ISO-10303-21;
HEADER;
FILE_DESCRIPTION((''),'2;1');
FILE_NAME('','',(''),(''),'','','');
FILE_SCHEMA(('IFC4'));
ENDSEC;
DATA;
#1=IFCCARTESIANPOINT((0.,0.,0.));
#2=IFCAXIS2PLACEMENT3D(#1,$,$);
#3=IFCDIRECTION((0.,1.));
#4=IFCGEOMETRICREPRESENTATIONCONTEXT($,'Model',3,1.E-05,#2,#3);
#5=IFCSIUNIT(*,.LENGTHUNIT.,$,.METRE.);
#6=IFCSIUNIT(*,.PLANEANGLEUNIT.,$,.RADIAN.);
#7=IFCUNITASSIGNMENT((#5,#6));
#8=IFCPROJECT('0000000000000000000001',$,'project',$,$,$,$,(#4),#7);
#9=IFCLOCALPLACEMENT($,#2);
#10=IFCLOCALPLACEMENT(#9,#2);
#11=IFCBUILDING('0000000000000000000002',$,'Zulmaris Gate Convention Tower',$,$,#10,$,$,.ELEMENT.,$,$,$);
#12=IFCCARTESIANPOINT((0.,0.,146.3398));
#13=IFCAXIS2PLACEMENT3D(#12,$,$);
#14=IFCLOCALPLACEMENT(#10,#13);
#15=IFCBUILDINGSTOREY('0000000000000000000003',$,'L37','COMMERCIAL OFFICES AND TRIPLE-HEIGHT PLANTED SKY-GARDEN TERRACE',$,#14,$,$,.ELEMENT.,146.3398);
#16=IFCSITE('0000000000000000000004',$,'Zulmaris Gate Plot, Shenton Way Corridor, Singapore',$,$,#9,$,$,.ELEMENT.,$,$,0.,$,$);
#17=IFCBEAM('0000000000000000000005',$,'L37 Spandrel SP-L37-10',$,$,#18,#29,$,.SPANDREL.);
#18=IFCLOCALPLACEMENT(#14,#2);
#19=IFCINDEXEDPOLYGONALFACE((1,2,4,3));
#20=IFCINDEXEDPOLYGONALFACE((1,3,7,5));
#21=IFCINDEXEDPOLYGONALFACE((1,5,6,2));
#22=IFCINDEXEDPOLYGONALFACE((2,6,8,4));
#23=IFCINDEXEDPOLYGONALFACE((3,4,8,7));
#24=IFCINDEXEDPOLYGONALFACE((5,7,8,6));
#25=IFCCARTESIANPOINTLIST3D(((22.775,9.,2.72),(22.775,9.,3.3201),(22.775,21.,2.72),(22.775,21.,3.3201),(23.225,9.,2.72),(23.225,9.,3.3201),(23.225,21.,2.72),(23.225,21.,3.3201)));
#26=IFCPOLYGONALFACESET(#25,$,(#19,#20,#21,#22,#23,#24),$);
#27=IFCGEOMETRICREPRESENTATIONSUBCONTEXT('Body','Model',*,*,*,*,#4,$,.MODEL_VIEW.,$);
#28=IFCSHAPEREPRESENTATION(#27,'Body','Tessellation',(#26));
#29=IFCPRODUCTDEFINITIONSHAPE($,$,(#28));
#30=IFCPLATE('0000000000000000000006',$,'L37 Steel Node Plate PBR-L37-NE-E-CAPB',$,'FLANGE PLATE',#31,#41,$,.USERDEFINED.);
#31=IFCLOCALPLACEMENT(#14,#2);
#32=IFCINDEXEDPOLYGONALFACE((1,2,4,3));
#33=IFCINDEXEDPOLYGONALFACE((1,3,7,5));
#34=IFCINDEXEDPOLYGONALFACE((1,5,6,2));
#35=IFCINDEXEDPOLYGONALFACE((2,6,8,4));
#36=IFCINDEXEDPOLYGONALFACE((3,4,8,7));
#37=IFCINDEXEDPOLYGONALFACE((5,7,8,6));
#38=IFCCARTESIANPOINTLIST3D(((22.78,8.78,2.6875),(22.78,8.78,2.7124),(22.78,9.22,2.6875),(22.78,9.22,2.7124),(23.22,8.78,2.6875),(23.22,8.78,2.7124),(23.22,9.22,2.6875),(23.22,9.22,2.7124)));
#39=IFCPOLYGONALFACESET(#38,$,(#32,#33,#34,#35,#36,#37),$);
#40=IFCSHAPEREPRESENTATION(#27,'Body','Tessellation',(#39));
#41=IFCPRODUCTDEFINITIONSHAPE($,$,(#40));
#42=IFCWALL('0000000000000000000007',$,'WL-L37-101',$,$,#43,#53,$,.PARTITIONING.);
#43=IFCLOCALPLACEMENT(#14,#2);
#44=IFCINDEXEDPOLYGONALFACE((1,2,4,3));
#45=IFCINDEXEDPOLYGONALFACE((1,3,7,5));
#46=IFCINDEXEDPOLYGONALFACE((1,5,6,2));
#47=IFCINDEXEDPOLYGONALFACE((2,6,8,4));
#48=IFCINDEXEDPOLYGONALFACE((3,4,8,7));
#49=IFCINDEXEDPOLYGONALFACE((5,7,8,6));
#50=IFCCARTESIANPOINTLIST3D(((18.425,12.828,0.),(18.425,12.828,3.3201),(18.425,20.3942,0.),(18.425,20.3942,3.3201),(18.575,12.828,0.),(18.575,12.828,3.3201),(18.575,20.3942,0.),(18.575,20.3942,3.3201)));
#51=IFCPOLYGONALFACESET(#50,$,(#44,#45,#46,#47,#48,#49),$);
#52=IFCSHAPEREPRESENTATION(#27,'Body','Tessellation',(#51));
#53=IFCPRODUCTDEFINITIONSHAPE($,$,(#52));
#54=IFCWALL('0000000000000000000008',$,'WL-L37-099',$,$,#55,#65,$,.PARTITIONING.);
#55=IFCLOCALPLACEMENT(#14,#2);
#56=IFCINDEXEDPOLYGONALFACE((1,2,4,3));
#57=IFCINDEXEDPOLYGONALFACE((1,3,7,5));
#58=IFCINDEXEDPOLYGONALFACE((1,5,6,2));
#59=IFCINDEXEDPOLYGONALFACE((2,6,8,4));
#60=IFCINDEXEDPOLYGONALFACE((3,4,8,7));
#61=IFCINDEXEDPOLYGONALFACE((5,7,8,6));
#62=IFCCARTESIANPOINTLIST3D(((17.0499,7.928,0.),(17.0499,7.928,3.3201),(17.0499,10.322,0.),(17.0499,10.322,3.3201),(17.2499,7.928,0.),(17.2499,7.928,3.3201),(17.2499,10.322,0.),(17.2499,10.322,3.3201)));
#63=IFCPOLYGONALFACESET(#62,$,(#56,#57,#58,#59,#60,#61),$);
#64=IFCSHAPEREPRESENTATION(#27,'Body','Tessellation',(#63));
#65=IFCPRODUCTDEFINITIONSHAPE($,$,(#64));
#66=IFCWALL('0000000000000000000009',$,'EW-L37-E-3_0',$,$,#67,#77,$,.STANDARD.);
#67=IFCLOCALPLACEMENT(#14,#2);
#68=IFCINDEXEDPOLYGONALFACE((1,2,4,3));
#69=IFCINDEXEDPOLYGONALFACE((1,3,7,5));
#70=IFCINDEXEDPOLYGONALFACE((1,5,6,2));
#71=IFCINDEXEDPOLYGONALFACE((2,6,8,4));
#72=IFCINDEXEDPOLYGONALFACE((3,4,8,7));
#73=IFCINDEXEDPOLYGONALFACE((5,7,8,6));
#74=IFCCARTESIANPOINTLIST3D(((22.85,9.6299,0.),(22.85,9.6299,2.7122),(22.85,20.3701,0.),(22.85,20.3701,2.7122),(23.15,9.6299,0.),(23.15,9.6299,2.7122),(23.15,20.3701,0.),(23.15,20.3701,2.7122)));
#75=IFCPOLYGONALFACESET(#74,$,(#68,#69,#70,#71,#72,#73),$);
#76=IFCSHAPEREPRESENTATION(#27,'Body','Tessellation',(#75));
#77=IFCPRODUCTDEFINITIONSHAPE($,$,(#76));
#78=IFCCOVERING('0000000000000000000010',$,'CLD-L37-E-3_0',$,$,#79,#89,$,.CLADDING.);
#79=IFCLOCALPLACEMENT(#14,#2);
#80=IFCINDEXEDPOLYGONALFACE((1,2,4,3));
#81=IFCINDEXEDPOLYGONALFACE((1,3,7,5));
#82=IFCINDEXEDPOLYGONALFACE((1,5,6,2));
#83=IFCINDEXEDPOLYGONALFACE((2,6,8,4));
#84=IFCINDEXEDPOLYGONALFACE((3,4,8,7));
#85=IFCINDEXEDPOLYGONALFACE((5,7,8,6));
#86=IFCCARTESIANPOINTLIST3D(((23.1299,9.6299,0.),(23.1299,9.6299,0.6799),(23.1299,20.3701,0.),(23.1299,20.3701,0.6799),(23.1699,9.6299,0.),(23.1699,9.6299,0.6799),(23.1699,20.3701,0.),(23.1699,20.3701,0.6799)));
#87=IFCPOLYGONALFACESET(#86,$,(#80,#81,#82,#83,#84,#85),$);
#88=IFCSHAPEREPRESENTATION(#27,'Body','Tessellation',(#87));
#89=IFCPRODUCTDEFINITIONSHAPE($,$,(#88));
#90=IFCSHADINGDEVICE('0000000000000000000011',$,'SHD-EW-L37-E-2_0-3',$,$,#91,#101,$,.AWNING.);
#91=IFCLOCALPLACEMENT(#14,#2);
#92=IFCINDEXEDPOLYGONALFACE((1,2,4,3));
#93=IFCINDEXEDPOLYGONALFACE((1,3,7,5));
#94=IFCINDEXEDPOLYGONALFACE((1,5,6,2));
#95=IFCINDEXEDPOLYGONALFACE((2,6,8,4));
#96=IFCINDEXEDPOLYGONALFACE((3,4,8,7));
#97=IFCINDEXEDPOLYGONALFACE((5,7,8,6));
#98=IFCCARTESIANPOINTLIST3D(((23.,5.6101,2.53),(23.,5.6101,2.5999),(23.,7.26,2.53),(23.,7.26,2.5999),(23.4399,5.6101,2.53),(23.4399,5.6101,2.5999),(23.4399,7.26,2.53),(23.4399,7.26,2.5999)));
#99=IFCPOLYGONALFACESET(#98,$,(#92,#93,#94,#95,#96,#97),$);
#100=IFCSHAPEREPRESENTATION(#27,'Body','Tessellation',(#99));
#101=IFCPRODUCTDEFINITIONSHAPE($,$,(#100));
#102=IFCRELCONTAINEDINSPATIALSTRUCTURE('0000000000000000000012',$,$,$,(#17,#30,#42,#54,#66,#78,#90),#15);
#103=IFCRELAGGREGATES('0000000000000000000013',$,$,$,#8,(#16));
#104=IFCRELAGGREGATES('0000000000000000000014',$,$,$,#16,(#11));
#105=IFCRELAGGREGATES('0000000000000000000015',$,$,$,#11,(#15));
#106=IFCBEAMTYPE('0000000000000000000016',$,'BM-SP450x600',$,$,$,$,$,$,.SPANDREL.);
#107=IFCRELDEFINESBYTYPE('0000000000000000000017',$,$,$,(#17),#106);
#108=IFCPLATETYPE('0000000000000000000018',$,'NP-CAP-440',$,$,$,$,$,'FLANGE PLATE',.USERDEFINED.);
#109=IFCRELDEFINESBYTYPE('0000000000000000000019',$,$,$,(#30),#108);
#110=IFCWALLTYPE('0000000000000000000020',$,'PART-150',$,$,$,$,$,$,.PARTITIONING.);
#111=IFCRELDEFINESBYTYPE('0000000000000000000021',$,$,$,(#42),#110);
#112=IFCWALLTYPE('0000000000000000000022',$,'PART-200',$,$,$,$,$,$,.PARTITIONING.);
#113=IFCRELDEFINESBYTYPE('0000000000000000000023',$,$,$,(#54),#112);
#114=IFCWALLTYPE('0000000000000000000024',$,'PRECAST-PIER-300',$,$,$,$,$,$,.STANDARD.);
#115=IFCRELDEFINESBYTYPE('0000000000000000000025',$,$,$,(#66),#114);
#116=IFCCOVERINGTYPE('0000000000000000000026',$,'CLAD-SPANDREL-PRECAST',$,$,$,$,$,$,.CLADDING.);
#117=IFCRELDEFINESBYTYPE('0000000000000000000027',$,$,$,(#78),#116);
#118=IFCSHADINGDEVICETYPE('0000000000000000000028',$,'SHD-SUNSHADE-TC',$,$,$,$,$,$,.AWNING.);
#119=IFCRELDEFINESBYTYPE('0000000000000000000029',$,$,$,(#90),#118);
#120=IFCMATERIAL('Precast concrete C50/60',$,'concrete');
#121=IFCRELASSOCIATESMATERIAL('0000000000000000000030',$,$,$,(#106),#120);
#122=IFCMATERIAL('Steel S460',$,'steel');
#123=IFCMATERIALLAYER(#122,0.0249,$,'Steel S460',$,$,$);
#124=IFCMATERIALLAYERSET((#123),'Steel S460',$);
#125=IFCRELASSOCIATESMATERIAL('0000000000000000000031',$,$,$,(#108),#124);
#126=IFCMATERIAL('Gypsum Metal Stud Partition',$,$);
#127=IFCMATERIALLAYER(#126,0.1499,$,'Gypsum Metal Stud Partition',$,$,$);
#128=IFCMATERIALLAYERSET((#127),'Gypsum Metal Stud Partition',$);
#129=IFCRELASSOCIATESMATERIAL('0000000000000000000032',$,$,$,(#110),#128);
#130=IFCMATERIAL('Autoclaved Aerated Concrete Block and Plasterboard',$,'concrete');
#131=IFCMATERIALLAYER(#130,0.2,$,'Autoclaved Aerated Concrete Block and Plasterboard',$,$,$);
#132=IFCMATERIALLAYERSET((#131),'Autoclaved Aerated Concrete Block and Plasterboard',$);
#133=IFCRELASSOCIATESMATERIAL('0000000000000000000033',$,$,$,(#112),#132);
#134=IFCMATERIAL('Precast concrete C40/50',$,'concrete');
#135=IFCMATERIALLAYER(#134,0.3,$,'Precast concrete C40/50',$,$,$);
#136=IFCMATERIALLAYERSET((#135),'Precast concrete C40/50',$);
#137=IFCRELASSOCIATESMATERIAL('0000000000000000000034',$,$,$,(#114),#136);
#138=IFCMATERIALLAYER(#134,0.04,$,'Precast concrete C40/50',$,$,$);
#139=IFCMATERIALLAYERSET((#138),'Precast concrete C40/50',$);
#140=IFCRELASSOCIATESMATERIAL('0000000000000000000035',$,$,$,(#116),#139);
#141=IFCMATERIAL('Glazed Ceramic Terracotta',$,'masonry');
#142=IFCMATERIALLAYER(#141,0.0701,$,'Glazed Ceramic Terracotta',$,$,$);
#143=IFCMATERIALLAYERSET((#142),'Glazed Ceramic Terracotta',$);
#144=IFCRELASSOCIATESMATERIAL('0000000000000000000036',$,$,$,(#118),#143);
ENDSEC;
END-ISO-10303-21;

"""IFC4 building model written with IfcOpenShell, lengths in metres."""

from ifc_helpers import new_model, si_unit, direction, frame, frame_2d, origin, origin_2d, place, context, subcontext, project, spatial, rectangle, extrude, material, layer, layer_set, material_profile, profile_set, type_object, element, save


model = new_model("IFC4")

# Units and contexts
model_context = context("Model", 3, precision=1e-05, world=origin(), true_north=direction((0.0, 1.0)))
body_context = subcontext(model_context, "Body", "Model", "MODEL_VIEW")
ifc_project = project(units=[si_unit("LENGTHUNIT", "METRE"), si_unit("PLANEANGLEUNIT", "RADIAN")], contexts=[model_context])

# Site, building, storey
site_placement = place(None, origin())
site = spatial("IfcSite", under=ifc_project, at=site_placement, Name="Zulmaris Gate Plot, Shenton Way Corridor, Singapore", CompositionType="ELEMENT", RefElevation=0.0)
building_placement = place(site_placement, origin())
building = spatial("IfcBuilding", under=site, at=building_placement, Name="Zulmaris Gate Convention Tower", CompositionType="ELEMENT")
storey_placement = place(building_placement, frame((0.0, 0.0, 146.3398)))
storey = spatial("IfcBuildingStorey", under=building, at=storey_placement, Name="L37", Description="COMMERCIAL OFFICES AND TRIPLE-HEIGHT PLANTED SKY-GARDEN TERRACE", CompositionType="ELEMENT", Elevation=146.3398)

# Beam
ifc_material_1 = material(Name="Precast concrete C50/60", Category="concrete")
ifc_material_profile_1 = material_profile(ifc_material_1, rectangle(XDim=0.45, YDim=0.6001, at=origin_2d()), Name="RC SPANDREL 450x600")
ifc_profile_set_1 = profile_set([ifc_material_profile_1], Name="Precast concrete C50/60")
beam_type_1 = type_object("IfcBeamType", Name="BM-SP450x600", PredefinedType="SPANDREL", material=ifc_profile_set_1)
beam_1_placement = place(storey_placement, frame((23.0, 9.0, 3.02), z_axis=(0.0, 1.0, 0.0), x_axis=(-1.0, 0.0, 0.0)))
element("IfcBeam", 1, at=beam_1_placement, inside=storey, type_object=beam_type_1, Name="L37 Spandrel SP-L37-10", PredefinedType="SPANDREL", context=body_context, shape_type="SweptSolid", body=[
    extrude(rectangle(XDim=0.45, YDim=0.6001, at=origin_2d()), origin(), (0.0, 0.0, 1.0), 12.0),
])

# Plate
ifc_material_2 = material(Name="Steel S460", Category="steel")
ifc_layer_1 = layer(ifc_material_2, 0.0249, Name="Steel S460")
ifc_layer_set_1 = layer_set([ifc_layer_1], Name="Steel S460")
plate_type = type_object("IfcPlateType", Name="NP-CAP-440", ElementType="FLANGE PLATE", PredefinedType="USERDEFINED", material=ifc_layer_set_1)
plate_placement = place(storey_placement, frame((23.0, 9.0, 2.6875), z_axis=(0.0, 0.0, 1.0), x_axis=(1.0, 0.0, 0.0)))
element("IfcPlate", 2, at=plate_placement, inside=storey, type_object=plate_type, Name="L37 Steel Node Plate PBR-L37-NE-E-CAPB", ObjectType="FLANGE PLATE", PredefinedType="USERDEFINED", context=body_context, shape_type="SweptSolid", body=[
    extrude(rectangle(XDim=0.4399, YDim=0.4399, at=origin_2d()), origin(), (0.0, 0.0, 1.0), 0.0249),
])

# Shared definitions
ifc_material_3 = material(Name="Gypsum Metal Stud Partition")
ifc_layer_2 = layer(ifc_material_3, 0.1499, Name="Gypsum Metal Stud Partition")
ifc_layer_set_2 = layer_set([ifc_layer_2], Name="Gypsum Metal Stud Partition")
wall_type_1 = type_object("IfcWallType", Name="PART-150", PredefinedType="PARTITIONING", material=ifc_layer_set_2)

# Wall
wall_1_placement = place(storey_placement, frame((18.5, 12.8279, 0.0), z_axis=(0.0, 0.0, 1.0), x_axis=(0.0, 1.0, 0.0)))
element("IfcWall", 3, at=wall_1_placement, inside=storey, type_object=wall_type_1, Name="WL-L37-101", PredefinedType="PARTITIONING", context=body_context, shape_type="SweptSolid", body=[
    extrude(rectangle(XDim=7.5662, YDim=0.1499, at=frame_2d((3.7832, 0.0))), origin(), (0.0, 0.0, 1.0), 3.3201),
])

# Walls
ifc_material_4 = material(Name="Autoclaved Aerated Concrete Block and Plasterboard", Category="concrete")
ifc_layer_3 = layer(ifc_material_4, 0.2, Name="Autoclaved Aerated Concrete Block and Plasterboard")
ifc_layer_set_3 = layer_set([ifc_layer_3], Name="Autoclaved Aerated Concrete Block and Plasterboard")
wall_type_2 = type_object("IfcWallType", Name="PART-200", PredefinedType="PARTITIONING", material=ifc_layer_set_3)
wall_2_placement = place(storey_placement, frame((17.1499, 7.928, 0.0), z_axis=(0.0, 0.0, 1.0), x_axis=(0.0, 1.0, 0.0)))
element("IfcWall", 4, at=wall_2_placement, inside=storey, type_object=wall_type_2, Name="WL-L37-099", PredefinedType="PARTITIONING", context=body_context, shape_type="SweptSolid", body=[
    extrude(rectangle(XDim=2.394, YDim=0.2, at=frame_2d((1.197, 0.0))), origin(), (0.0, 0.0, 1.0), 3.3201),
])
ifc_material_5 = material(Name="Precast concrete C40/50", Category="concrete")
ifc_layer_4 = layer(ifc_material_5, 0.3, Name="Precast concrete C40/50")
ifc_layer_set_4 = layer_set([ifc_layer_4], Name="Precast concrete C40/50")
wall_type_3 = type_object("IfcWallType", Name="PRECAST-PIER-300", PredefinedType="STANDARD", material=ifc_layer_set_4)
wall_3_placement = place(storey_placement, frame((23.0, 9.6299, 0.0), z_axis=(0.0, 0.0, 1.0), x_axis=(0.0, 1.0, 0.0)))
element("IfcWall", 5, at=wall_3_placement, inside=storey, type_object=wall_type_3, Name="EW-L37-E-3_0", PredefinedType="STANDARD", context=body_context, shape_type="SweptSolid", body=[
    extrude(rectangle(XDim=10.7402, YDim=0.3, at=frame_2d((5.3701, 0.0))), origin(), (0.0, 0.0, 1.0), 2.7122),
])

# Covering
ifc_layer_5 = layer(ifc_material_5, 0.04, Name="Precast concrete C40/50")
ifc_layer_set_5 = layer_set([ifc_layer_5], Name="Precast concrete C40/50")
covering_type = type_object("IfcCoveringType", Name="CLAD-SPANDREL-PRECAST", PredefinedType="CLADDING", material=ifc_layer_set_5)
covering_placement = place(storey_placement, frame((23.1499, 9.6299, 0.0), z_axis=(0.0, 0.0, 1.0), x_axis=(0.0, 1.0, 0.0)))
element("IfcCovering", 6, at=covering_placement, inside=storey, type_object=covering_type, Name="CLD-L37-E-3_0", PredefinedType="CLADDING", context=body_context, shape_type="SweptSolid", body=[
    extrude(rectangle(XDim=10.7402, YDim=0.04, at=frame_2d((5.3701, 0.0))), origin(), (0.0, 0.0, 1.0), 0.6799),
])

# Shading device
ifc_material_6 = material(Name="Glazed Ceramic Terracotta", Category="masonry")
ifc_layer_6 = layer(ifc_material_6, 0.0701, Name="Glazed Ceramic Terracotta")
ifc_layer_set_6 = layer_set([ifc_layer_6], Name="Glazed Ceramic Terracotta")
shading_device_type = type_object("IfcShadingDeviceType", Name="SHD-SUNSHADE-TC", PredefinedType="AWNING", material=ifc_layer_set_6)
shading_device_placement = place(storey_placement, frame((23.22, 5.6101, 2.53), z_axis=(0.0, 0.0, 1.0), x_axis=(0.0, 1.0, 0.0)))
element("IfcShadingDevice", 7, at=shading_device_placement, inside=storey, type_object=shading_device_type, Name="SHD-EW-L37-E-2_0-3", PredefinedType="AWNING", context=body_context, shape_type="SweptSolid", body=[
    extrude(rectangle(XDim=1.6499, YDim=0.4399, at=frame_2d((0.825, 0.0))), origin(), (0.0, 0.0, 1.0), 0.0698),
])

save(model, "model.ifc")
